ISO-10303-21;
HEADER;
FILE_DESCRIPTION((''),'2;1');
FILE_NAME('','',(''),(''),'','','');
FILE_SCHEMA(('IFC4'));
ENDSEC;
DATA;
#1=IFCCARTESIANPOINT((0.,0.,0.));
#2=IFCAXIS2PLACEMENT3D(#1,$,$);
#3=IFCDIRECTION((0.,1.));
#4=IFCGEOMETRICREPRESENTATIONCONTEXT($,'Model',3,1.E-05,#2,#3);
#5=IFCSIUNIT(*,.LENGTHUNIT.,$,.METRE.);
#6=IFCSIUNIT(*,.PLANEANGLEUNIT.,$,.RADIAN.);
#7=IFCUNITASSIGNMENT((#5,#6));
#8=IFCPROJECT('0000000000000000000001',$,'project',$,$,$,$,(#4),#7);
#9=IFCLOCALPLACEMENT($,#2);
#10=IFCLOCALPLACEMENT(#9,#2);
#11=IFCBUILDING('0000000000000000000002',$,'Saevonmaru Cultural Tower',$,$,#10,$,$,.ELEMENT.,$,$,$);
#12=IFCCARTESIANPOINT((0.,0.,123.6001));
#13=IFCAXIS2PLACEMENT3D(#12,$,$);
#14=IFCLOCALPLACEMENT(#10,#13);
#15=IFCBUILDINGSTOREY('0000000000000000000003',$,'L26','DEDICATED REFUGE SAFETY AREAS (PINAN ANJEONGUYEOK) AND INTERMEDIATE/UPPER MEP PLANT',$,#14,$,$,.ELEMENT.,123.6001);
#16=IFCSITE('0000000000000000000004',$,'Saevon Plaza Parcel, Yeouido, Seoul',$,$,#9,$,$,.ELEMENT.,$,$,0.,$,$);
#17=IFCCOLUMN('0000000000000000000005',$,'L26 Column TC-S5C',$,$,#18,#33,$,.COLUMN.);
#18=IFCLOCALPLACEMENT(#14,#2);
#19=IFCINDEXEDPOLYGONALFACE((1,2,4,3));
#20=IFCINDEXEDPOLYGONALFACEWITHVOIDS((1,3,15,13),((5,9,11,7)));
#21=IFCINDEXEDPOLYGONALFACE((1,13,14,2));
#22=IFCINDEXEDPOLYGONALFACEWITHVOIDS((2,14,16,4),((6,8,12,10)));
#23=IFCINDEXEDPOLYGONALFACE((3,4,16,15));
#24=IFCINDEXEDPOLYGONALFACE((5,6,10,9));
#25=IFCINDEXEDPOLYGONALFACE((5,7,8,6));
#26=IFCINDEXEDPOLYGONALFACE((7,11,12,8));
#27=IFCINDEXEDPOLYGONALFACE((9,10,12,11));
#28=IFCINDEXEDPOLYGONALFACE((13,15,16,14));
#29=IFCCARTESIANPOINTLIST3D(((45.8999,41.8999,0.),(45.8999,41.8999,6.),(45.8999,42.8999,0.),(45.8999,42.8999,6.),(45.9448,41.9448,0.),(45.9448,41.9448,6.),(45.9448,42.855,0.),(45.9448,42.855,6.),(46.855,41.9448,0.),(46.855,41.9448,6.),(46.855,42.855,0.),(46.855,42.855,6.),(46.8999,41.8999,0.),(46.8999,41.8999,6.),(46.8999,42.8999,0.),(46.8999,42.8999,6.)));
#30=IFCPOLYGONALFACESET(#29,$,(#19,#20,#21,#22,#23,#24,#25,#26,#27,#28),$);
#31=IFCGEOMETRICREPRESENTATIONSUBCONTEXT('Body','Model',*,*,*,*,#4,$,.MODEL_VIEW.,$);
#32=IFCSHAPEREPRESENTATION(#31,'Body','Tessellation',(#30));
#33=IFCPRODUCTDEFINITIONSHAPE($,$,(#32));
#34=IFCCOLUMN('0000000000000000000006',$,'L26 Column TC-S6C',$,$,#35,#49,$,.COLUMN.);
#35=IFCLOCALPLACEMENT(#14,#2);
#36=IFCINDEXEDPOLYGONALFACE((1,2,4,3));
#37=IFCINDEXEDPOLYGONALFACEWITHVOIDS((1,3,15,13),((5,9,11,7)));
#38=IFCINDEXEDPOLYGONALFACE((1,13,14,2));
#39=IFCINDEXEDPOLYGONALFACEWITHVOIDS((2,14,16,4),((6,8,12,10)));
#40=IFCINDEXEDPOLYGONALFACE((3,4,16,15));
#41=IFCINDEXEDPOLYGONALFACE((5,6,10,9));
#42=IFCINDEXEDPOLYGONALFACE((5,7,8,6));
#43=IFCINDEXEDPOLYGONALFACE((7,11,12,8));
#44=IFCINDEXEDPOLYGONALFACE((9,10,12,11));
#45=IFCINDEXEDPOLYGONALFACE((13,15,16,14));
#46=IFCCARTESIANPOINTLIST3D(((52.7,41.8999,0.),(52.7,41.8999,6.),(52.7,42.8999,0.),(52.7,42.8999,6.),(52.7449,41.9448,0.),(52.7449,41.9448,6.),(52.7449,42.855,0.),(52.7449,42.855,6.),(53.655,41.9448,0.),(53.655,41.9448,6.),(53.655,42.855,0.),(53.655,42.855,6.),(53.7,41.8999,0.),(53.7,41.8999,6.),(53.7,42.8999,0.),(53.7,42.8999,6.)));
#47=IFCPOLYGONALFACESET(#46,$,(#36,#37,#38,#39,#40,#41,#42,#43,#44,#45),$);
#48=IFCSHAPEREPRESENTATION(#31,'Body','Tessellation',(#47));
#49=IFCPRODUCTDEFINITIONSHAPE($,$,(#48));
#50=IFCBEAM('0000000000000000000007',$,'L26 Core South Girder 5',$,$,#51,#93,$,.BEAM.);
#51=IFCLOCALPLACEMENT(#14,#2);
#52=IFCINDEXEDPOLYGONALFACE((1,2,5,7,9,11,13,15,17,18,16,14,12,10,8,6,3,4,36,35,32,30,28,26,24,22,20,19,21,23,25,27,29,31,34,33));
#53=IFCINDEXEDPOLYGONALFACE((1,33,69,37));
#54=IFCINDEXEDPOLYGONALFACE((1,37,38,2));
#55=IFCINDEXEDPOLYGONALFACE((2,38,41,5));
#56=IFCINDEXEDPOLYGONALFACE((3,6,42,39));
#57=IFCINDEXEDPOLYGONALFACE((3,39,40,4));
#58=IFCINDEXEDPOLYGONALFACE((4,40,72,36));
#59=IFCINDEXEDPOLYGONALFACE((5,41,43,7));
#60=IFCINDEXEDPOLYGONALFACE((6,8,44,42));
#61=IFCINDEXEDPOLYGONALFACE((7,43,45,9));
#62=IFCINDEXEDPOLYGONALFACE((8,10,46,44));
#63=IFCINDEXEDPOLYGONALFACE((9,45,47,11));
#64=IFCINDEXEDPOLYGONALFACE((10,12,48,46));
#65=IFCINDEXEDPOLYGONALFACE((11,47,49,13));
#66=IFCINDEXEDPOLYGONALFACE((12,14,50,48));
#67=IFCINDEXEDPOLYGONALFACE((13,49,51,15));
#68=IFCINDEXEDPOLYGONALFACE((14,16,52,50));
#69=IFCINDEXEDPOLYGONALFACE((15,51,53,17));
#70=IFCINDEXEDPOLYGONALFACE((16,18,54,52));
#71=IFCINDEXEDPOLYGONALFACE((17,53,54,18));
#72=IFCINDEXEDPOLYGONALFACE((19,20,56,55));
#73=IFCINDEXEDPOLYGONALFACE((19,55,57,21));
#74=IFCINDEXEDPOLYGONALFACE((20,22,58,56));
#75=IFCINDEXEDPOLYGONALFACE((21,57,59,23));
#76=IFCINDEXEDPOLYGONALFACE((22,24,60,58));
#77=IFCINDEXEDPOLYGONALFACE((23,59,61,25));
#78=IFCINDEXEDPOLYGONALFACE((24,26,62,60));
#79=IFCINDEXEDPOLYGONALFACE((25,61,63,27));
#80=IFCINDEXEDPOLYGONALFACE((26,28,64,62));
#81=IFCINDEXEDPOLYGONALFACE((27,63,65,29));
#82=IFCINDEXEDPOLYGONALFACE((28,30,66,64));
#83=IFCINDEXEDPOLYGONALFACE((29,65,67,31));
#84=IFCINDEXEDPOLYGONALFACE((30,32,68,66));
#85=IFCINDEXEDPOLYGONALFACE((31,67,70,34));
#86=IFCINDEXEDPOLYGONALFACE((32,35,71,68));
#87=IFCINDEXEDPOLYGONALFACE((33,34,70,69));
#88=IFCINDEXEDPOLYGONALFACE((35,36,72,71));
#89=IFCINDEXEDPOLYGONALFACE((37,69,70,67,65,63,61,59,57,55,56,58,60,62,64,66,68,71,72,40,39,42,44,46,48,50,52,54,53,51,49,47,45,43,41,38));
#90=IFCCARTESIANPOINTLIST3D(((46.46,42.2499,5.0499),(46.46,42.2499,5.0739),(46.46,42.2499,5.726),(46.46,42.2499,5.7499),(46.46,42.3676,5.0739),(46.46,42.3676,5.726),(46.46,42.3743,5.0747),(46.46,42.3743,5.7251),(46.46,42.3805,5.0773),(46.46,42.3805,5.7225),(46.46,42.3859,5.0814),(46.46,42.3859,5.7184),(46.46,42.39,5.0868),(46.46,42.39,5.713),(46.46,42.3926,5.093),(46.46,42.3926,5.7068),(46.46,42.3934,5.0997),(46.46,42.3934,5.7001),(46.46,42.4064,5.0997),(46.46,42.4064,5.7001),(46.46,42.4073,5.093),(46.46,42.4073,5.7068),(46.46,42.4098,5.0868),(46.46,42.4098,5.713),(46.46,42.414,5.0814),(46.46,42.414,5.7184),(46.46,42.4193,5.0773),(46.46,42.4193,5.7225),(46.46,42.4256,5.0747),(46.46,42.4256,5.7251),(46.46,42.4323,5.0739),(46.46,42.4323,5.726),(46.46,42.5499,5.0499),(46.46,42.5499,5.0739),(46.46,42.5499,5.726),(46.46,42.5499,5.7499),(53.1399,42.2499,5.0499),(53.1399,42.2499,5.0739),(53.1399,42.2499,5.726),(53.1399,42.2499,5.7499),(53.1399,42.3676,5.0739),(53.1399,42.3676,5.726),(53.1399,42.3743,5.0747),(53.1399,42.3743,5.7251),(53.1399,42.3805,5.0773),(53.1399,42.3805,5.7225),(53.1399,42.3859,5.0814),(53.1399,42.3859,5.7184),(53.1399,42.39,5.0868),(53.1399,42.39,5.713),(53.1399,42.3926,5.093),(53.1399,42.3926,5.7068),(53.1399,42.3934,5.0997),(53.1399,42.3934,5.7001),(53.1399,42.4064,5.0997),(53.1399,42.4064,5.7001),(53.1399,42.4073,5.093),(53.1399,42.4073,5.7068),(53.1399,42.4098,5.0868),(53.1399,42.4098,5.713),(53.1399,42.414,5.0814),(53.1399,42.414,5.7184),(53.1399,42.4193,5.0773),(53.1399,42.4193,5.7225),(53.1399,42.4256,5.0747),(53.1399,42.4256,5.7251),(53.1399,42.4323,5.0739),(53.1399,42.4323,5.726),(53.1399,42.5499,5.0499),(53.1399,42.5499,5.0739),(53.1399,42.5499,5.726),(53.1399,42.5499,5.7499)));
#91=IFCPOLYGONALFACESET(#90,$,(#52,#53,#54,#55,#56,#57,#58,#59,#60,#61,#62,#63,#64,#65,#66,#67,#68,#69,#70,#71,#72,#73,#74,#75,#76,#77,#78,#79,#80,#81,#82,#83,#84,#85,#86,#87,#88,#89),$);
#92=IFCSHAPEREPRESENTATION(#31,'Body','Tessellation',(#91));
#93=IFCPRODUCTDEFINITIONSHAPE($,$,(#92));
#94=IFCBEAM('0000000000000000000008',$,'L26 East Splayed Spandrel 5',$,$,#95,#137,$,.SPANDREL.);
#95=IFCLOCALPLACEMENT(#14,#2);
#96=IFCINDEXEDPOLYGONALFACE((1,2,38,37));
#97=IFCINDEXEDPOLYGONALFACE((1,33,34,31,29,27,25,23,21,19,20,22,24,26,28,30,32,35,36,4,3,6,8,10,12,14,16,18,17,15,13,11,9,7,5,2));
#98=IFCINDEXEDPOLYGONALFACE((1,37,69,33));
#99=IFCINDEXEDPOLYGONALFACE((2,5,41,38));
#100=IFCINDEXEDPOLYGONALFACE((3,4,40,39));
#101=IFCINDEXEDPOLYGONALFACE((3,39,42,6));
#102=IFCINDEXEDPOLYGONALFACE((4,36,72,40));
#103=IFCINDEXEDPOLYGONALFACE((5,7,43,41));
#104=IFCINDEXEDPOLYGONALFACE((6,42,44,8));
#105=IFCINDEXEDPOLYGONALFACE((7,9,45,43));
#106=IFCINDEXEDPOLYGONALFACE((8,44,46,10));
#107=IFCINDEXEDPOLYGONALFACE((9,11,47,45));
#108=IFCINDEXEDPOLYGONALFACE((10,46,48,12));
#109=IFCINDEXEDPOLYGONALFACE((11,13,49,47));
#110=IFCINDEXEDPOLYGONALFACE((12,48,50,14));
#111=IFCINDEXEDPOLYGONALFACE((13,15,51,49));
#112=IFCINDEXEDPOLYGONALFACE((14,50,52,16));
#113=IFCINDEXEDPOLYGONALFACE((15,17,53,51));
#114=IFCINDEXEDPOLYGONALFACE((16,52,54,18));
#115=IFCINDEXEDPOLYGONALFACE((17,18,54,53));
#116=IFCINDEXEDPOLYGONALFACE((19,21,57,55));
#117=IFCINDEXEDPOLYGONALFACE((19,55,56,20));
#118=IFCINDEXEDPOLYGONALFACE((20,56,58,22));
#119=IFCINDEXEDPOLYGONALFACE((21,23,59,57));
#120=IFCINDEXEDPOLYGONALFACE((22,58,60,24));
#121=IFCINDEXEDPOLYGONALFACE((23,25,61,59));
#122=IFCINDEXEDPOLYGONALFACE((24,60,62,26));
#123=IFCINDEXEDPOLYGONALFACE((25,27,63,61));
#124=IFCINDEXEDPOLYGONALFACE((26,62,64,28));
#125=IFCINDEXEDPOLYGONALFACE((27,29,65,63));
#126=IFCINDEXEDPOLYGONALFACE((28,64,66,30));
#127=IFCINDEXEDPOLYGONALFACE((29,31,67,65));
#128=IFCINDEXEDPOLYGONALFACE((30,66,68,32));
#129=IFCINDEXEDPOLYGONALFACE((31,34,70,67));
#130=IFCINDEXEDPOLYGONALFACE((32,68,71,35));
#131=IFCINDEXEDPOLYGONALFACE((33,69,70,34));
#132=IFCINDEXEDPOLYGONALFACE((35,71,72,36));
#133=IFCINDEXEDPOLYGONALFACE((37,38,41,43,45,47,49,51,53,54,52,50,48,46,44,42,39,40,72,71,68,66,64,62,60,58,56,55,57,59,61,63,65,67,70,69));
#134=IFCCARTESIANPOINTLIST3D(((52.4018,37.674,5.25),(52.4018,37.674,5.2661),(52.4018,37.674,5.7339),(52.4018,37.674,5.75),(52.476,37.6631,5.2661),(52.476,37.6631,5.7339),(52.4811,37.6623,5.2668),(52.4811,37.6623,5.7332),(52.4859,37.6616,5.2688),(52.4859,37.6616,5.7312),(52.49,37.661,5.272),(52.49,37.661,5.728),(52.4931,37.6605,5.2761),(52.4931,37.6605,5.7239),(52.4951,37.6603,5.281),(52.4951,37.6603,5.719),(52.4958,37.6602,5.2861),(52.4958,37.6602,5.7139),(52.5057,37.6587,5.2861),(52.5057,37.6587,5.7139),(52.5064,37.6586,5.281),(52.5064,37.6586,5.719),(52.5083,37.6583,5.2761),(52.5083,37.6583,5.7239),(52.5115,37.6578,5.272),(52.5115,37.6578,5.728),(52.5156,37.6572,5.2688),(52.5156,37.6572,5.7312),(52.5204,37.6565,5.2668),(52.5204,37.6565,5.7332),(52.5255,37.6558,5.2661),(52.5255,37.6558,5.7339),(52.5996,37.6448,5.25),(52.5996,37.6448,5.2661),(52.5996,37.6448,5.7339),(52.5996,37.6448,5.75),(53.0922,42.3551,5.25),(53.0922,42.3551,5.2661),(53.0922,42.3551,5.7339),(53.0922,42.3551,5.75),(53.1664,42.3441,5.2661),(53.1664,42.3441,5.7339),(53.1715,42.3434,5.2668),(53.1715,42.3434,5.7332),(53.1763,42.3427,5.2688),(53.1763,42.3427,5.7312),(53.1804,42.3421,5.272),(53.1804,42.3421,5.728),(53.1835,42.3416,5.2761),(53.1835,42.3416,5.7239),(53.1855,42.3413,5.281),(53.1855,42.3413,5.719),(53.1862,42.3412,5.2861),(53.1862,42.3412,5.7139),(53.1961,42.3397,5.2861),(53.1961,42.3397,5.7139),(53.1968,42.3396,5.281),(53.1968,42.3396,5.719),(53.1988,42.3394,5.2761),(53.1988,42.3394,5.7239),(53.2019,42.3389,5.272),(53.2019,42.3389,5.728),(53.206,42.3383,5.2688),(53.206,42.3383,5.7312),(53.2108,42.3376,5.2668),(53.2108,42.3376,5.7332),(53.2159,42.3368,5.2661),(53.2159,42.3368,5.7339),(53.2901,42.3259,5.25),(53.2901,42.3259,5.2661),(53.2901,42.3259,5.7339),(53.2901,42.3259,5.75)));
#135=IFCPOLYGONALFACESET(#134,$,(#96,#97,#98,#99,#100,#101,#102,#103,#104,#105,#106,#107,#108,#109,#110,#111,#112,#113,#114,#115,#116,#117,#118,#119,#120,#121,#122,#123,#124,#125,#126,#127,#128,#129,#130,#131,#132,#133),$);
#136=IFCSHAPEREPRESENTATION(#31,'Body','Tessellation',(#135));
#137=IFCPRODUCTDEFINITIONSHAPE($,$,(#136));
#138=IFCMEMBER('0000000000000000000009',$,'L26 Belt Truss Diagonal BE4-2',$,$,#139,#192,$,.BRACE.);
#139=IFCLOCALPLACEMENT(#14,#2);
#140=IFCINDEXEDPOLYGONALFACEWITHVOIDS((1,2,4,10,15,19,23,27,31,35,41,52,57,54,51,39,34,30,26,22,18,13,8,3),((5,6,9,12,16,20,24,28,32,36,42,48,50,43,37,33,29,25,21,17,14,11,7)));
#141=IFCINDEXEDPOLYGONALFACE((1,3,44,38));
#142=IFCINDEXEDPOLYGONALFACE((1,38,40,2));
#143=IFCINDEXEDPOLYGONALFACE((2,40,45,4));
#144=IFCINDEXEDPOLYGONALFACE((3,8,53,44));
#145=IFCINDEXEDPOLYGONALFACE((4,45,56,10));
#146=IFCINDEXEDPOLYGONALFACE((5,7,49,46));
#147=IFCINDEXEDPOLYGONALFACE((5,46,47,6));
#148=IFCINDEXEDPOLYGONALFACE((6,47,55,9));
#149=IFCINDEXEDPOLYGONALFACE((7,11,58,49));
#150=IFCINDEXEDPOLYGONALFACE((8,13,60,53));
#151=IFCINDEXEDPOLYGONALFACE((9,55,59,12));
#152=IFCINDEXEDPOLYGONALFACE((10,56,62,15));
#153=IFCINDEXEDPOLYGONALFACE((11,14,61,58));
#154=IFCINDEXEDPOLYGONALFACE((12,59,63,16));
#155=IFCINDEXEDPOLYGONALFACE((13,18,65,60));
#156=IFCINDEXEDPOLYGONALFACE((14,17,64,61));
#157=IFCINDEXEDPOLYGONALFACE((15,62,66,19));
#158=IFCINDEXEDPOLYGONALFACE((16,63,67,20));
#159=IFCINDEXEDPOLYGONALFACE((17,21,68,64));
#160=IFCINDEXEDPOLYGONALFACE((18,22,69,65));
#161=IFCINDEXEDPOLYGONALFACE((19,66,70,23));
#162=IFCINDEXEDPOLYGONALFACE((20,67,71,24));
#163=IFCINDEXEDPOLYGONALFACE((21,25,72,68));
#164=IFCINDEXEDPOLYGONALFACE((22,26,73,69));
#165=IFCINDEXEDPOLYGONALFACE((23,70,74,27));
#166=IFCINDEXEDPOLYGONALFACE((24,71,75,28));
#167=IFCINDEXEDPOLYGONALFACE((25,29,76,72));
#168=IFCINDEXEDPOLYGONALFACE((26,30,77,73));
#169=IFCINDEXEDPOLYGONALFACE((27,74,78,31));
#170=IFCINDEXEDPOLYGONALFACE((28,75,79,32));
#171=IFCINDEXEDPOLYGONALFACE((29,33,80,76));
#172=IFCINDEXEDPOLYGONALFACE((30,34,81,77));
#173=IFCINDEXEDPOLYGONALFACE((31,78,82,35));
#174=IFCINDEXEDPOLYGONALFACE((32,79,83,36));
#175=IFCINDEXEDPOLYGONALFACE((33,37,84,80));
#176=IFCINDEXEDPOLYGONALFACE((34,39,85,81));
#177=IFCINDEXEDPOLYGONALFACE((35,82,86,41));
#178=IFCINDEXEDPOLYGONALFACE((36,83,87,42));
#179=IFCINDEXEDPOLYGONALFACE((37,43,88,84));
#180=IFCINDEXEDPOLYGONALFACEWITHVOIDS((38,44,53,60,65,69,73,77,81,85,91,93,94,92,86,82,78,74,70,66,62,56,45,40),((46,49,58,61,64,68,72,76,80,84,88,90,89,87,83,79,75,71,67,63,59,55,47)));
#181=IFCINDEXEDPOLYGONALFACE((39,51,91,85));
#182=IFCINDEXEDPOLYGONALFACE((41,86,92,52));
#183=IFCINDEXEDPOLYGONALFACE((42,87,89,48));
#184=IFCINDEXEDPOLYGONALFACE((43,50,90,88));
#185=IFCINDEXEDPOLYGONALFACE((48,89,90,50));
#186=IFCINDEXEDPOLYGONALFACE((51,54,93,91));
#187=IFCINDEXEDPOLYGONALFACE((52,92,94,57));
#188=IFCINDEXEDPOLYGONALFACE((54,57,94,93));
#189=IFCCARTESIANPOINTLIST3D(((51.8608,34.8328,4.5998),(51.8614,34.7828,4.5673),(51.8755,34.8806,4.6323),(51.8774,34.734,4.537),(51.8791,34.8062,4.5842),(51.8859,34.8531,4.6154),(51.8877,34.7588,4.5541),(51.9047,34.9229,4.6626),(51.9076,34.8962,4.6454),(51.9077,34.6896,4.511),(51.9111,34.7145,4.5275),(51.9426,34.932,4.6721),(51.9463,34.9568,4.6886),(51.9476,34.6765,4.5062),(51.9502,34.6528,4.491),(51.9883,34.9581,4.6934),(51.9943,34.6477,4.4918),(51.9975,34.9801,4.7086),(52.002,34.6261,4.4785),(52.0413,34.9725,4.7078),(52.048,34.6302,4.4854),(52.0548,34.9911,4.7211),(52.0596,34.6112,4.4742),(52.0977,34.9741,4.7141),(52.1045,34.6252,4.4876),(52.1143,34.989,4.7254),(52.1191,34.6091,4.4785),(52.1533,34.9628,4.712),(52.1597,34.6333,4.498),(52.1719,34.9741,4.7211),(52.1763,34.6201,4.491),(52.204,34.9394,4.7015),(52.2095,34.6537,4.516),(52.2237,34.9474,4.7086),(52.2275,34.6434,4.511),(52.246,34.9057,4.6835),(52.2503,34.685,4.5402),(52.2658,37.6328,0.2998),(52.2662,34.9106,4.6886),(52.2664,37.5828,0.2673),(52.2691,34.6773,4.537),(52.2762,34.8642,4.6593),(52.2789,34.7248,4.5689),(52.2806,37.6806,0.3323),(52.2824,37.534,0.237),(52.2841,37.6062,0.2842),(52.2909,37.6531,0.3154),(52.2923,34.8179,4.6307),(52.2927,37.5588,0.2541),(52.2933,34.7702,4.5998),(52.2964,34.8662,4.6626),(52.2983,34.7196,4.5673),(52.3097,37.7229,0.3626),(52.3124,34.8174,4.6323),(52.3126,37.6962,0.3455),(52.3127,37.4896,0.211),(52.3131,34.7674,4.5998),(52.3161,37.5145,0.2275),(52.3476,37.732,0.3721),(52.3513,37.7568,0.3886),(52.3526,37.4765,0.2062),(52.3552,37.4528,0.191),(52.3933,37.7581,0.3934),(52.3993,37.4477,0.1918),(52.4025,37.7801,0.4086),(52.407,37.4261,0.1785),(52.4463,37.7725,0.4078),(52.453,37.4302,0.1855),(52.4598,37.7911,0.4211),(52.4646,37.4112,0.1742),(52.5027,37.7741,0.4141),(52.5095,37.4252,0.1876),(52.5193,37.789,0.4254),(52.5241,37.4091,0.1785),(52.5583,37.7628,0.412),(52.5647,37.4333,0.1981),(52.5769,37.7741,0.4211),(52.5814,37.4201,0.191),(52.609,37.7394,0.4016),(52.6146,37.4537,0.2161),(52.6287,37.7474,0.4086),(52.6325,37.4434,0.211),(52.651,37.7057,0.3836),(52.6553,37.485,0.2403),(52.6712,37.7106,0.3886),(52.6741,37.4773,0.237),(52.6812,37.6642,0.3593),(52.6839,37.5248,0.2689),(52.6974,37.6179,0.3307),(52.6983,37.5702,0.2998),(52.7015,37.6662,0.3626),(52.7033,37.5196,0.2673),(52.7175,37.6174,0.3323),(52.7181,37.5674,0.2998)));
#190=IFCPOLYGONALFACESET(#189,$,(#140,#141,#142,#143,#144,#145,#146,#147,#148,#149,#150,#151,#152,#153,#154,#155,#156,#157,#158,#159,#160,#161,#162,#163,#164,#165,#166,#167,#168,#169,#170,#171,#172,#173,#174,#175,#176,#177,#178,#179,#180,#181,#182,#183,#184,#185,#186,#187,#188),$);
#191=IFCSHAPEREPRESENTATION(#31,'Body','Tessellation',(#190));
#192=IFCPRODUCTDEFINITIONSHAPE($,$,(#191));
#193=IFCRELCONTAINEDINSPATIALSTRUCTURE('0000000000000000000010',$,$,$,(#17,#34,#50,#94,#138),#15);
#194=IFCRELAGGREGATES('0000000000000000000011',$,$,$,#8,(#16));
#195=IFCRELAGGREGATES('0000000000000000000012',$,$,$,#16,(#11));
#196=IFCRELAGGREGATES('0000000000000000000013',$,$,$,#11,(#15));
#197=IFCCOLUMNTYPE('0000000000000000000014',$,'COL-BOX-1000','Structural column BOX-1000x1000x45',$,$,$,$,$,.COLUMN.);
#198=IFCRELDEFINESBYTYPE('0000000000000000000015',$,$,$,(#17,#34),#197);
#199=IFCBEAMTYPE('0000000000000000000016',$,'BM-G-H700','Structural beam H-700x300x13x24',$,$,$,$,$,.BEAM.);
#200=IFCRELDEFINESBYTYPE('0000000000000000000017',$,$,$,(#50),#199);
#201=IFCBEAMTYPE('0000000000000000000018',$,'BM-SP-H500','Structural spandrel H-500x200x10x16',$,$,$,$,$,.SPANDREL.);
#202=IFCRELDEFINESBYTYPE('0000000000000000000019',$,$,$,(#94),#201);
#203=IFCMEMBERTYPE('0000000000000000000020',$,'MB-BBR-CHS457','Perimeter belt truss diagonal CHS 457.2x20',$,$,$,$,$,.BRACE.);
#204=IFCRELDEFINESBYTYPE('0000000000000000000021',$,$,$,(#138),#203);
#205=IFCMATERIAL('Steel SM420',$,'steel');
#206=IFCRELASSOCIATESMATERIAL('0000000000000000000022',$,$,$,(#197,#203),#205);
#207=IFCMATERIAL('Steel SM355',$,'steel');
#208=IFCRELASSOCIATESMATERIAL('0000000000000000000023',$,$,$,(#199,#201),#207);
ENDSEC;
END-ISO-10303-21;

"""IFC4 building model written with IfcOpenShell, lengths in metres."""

from ifc_helpers import new_model, si_unit, direction, frame, origin, origin_2d, place, context, subcontext, project, spatial, hollow_rectangle, hollow_circle, i_section, extrude, material, material_profile, profile_set, type_object, element, save


model = new_model("IFC4")

# Units and contexts
model_context = context("Model", 3, precision=1e-05, world=origin(), true_north=direction((0.0, 1.0)))
body_context = subcontext(model_context, "Body", "Model", "MODEL_VIEW")
ifc_project = project(units=[si_unit("LENGTHUNIT", "METRE"), si_unit("PLANEANGLEUNIT", "RADIAN")], contexts=[model_context])

# Site, building, storey
site_placement = place(None, origin())
site = spatial("IfcSite", under=ifc_project, at=site_placement, Name="Saevon Plaza Parcel, Yeouido, Seoul", CompositionType="ELEMENT", RefElevation=0.0)
building_placement = place(site_placement, origin())
building = spatial("IfcBuilding", under=site, at=building_placement, Name="Saevonmaru Cultural Tower", CompositionType="ELEMENT")
storey_placement = place(building_placement, frame((0.0, 0.0, 123.6001)))
storey = spatial("IfcBuildingStorey", under=building, at=storey_placement, Name="L26", Description="DEDICATED REFUGE SAFETY AREAS (PINAN ANJEONGUYEOK) AND INTERMEDIATE/UPPER MEP PLANT", CompositionType="ELEMENT", Elevation=123.6001)

# Columns
ifc_material_1 = material(Name="Steel SM420", Category="steel")
ifc_material_profile_1 = material_profile(ifc_material_1, hollow_rectangle(XDim=1.0, YDim=1.0, WallThickness=0.0449, at=origin_2d()), Name="BOX-1000x1000x45")
ifc_profile_set_1 = profile_set([ifc_material_profile_1], Name="Steel SM420")
column_type = type_object("IfcColumnType", Name="COL-BOX-1000", Description="Structural column BOX-1000x1000x45", PredefinedType="COLUMN", material=ifc_profile_set_1)
for number, where, z_axis, x_axis, name in (
    (1, (46.3999, 42.3999, 0.0), (0.0, 0.0, 1.0), (1.0, 0.0, 0.0), "L26 Column TC-S5C"),
    (2, (53.2, 42.3999, 0.0), (0.0, 0.0, 1.0), (1.0, 0.0, 0.0), "L26 Column TC-S6C"),
):
    element("IfcColumn", number, at=place(storey_placement, frame(where, z_axis=z_axis, x_axis=x_axis)), inside=storey, type_object=column_type, Name=name, PredefinedType="COLUMN", context=body_context, shape_type="SweptSolid", body=[
        extrude(hollow_rectangle(XDim=1.0, YDim=1.0, WallThickness=0.0449, at=origin_2d()), origin(), (0.0, 0.0, 1.0), 6.0),
    ])

# Beams
ifc_material_2 = material(Name="Steel SM355", Category="steel")
ifc_material_profile_2 = material_profile(ifc_material_2, i_section(OverallWidth=0.3, OverallDepth=0.7, WebThickness=0.0129, FlangeThickness=0.0239, FilletRadius=0.0259, at=origin_2d()), Name="H-700x300x13x24")
ifc_profile_set_2 = profile_set([ifc_material_profile_2], Name="Steel SM355")
beam_type_1 = type_object("IfcBeamType", Name="BM-G-H700", Description="Structural beam H-700x300x13x24", PredefinedType="BEAM", material=ifc_profile_set_2)
beam_1_placement = place(storey_placement, frame((46.46, 42.3999, 5.3999), z_axis=(1.0, 0.0, 0.0), x_axis=(0.0, 1.0, 0.0)))
element("IfcBeam", 3, at=beam_1_placement, inside=storey, type_object=beam_type_1, Name="L26 Core South Girder 5", PredefinedType="BEAM", context=body_context, shape_type="SweptSolid", body=[
    extrude(i_section(OverallWidth=0.3, OverallDepth=0.7, WebThickness=0.0129, FlangeThickness=0.0239, FilletRadius=0.0259, at=origin_2d()), origin(), (0.0, 0.0, 1.0), 6.6799),
])
ifc_material_profile_3 = material_profile(ifc_material_2, i_section(OverallWidth=0.2, OverallDepth=0.5, WebThickness=0.01, FlangeThickness=0.0161, FilletRadius=0.02, at=origin_2d()), Name="H-500x200x10x16")
ifc_profile_set_3 = profile_set([ifc_material_profile_3], Name="Steel SM355")
beam_type_2 = type_object("IfcBeamType", Name="BM-SP-H500", Description="Structural spandrel H-500x200x10x16", PredefinedType="SPANDREL", material=ifc_profile_set_3)
beam_2_placement = place(storey_placement, frame((52.5007, 37.6594, 5.5), z_axis=(0.145913, 0.989297, 0.0), x_axis=(-0.989297, 0.145913, 0.0)))
element("IfcBeam", 4, at=beam_2_placement, inside=storey, type_object=beam_type_2, Name="L26 East Splayed Spandrel 5", PredefinedType="SPANDREL", context=body_context, shape_type="SweptSolid", body=[
    extrude(i_section(OverallWidth=0.2, OverallDepth=0.5, WebThickness=0.01, FlangeThickness=0.0161, FilletRadius=0.02, at=origin_2d()), origin(), (0.0, 0.0, 1.0), 4.7317),
])

# Member
ifc_material_profile_4 = material_profile(ifc_material_1, hollow_circle(Radius=0.2285, WallThickness=0.02, at=origin_2d()), Name="CHS-457.2x20")
ifc_profile_set_4 = profile_set([ifc_material_profile_4], Name="Steel SM420")
member_type_1 = type_object("IfcMemberType", Name="MB-BBR-CHS457", Description="Perimeter belt truss diagonal CHS 457.2x20", PredefinedType="BRACE", material=ifc_profile_set_4)
member_1_placement = place(storey_placement, frame((52.4919, 37.6001, 0.2998), z_axis=(-0.078688, -0.543984, 0.835398), x_axis=(0.989699, -0.143161, 0.0)))
element("IfcMember", 5, at=member_1_placement, inside=storey, type_object=member_type_1, Name="L26 Belt Truss Diagonal BE4-2", PredefinedType="BRACE", context=body_context, shape_type="SweptSolid", body=[
    extrude(hollow_circle(Radius=0.2285, WallThickness=0.02, at=origin_2d()), origin(), (0.0, 0.0, 1.0), 5.1472),
])

save(model, "model.ifc")
